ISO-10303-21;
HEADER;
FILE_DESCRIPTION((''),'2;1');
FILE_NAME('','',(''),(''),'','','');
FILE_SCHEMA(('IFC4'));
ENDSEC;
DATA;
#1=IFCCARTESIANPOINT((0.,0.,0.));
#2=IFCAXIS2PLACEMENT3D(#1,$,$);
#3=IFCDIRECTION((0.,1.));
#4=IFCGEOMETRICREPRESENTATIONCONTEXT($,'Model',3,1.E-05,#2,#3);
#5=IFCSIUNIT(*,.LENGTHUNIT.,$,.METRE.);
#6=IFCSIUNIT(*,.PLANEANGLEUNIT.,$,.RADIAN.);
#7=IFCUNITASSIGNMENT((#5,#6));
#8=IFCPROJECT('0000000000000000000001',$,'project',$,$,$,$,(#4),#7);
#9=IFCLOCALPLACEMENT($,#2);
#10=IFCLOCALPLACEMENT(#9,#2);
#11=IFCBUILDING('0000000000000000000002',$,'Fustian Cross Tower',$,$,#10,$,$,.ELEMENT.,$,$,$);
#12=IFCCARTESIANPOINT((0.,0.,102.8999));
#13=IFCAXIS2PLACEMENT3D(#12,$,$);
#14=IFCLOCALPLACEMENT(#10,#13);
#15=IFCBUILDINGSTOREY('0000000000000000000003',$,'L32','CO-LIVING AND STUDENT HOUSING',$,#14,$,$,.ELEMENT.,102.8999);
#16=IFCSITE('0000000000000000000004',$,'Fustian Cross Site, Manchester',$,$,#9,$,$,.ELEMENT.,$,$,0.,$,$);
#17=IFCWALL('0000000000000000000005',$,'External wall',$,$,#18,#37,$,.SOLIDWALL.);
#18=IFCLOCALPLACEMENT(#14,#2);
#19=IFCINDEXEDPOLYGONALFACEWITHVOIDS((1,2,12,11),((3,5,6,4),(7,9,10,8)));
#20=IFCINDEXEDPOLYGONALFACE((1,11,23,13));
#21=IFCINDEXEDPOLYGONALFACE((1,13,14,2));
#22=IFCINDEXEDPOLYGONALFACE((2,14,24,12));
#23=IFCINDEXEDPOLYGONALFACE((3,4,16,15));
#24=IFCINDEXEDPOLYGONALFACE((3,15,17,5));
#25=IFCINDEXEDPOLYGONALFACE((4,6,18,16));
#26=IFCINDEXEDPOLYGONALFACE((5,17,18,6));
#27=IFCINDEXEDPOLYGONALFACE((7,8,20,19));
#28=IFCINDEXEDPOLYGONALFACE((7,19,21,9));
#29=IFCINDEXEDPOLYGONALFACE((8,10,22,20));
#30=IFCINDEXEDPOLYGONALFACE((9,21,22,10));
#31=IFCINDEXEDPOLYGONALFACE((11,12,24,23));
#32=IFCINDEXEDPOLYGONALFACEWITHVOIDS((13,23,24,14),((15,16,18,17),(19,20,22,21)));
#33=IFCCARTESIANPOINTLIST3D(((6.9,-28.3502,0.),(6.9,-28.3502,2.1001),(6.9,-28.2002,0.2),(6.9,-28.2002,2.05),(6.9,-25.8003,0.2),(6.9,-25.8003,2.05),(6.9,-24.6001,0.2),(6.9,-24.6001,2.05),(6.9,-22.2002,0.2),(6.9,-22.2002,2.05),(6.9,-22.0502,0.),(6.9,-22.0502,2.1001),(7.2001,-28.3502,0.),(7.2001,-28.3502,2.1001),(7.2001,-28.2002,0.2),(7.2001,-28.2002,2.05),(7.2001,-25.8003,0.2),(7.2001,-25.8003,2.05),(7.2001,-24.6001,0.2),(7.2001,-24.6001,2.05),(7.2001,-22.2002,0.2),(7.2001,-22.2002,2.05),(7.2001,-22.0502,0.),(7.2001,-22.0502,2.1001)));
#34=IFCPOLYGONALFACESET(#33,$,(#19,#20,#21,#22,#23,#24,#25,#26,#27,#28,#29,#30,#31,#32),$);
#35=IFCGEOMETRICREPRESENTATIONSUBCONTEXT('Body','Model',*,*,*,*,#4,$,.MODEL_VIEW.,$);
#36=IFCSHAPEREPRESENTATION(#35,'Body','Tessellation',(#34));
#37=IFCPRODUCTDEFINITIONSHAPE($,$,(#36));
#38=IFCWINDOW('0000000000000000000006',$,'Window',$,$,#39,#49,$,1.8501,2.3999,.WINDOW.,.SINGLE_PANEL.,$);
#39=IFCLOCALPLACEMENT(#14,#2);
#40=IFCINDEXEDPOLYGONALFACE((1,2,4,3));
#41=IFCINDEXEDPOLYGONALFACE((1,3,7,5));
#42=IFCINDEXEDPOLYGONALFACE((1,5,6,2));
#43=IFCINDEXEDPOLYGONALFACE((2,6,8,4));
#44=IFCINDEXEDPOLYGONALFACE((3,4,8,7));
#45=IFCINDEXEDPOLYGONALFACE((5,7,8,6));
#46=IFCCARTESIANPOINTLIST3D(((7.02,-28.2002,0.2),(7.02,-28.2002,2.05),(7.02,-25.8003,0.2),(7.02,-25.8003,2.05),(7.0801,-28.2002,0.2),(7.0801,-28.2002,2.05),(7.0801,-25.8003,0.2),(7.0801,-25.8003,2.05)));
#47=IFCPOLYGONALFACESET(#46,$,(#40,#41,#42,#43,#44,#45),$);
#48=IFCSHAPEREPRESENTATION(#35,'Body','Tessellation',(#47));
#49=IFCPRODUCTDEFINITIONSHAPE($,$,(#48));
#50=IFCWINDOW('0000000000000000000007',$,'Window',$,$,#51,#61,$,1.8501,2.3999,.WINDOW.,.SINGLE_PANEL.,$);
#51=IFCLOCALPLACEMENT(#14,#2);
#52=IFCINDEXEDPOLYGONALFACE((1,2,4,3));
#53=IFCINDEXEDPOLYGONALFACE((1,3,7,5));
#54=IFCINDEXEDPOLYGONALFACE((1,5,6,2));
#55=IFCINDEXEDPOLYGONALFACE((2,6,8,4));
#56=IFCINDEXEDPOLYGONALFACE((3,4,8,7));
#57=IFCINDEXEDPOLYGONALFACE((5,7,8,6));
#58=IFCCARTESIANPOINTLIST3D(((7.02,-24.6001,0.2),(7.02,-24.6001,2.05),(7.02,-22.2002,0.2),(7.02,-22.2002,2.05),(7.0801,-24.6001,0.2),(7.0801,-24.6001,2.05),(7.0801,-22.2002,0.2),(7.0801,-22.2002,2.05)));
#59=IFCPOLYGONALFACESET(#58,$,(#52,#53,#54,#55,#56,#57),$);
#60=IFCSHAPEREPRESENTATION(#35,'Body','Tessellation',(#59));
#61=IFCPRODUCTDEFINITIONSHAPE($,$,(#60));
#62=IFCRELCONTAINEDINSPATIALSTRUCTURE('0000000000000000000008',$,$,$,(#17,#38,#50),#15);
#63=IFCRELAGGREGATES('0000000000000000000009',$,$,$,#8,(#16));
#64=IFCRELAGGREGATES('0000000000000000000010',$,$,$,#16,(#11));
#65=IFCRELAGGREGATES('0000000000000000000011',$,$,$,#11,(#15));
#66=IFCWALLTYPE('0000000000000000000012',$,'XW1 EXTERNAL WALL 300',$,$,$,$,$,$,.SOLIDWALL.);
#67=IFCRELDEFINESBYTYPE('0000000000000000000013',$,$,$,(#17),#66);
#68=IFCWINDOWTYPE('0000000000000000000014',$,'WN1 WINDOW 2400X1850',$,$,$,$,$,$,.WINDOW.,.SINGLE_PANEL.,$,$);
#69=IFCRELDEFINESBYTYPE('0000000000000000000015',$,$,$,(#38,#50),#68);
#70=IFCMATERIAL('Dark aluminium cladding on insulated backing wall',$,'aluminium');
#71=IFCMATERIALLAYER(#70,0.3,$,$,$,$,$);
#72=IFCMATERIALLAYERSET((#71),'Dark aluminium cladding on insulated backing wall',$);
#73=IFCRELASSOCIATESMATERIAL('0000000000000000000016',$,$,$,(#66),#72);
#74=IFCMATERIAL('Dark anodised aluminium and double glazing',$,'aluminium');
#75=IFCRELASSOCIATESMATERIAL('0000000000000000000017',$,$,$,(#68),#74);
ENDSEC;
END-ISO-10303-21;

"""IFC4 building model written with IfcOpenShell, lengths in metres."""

from ifc_helpers import new_model, si_unit, direction, frame, frame_2d, origin, place, context, subcontext, project, spatial, rectangle, extrude, material, layer, layer_set, type_object, element, fill, save


model = new_model("IFC4")

# Units and contexts
model_context = context("Model", 3, precision=1e-05, world=origin(), true_north=direction((0.0, 1.0)))
body_context = subcontext(model_context, "Body", "Model", "MODEL_VIEW")
ifc_project = project(units=[si_unit("LENGTHUNIT", "METRE"), si_unit("PLANEANGLEUNIT", "RADIAN")], contexts=[model_context])

# Site, building, storey
site_placement = place(None, origin())
site = spatial("IfcSite", under=ifc_project, at=site_placement, Name="Fustian Cross Site, Manchester", CompositionType="ELEMENT", RefElevation=0.0)
building_placement = place(site_placement, origin())
building = spatial("IfcBuilding", under=site, at=building_placement, Name="Fustian Cross Tower", CompositionType="ELEMENT")
storey_placement = place(building_placement, frame((0.0, 0.0, 102.8999)))
storey = spatial("IfcBuildingStorey", under=building, at=storey_placement, Name="L32", Description="CO-LIVING AND STUDENT HOUSING", CompositionType="ELEMENT", Elevation=102.8999)

# Shared definitions
ifc_material_1 = material(Name="Dark aluminium cladding on insulated backing wall", Category="aluminium")
ifc_layer_1 = layer(ifc_material_1, 0.3)
ifc_layer_set_1 = layer_set([ifc_layer_1], Name="Dark aluminium cladding on insulated backing wall")
wall_type_1 = type_object("IfcWallType", Name="XW1 EXTERNAL WALL 300", PredefinedType="SOLIDWALL", material=ifc_layer_set_1)
ifc_material_2 = material(Name="Dark anodised aluminium and double glazing", Category="aluminium")
window_type = type_object("IfcWindowType", Name="WN1 WINDOW 2400X1850", PartitioningType="SINGLE_PANEL", PredefinedType="WINDOW", material=ifc_material_2)

# Wall, openings, windows
wall_1_placement = place(storey_placement, frame((7.05, -28.3501, 0.0), z_axis=(0.0, 0.0, 1.0), x_axis=(0.0, 1.0, 0.0)))
wall_1 = element("IfcWall", 1, at=wall_1_placement, inside=storey, type_object=wall_type_1, Name="External wall", PredefinedType="SOLIDWALL", context=body_context, shape_type="SweptSolid", body=[
    extrude(rectangle(XDim=6.3, YDim=0.3, at=frame_2d((3.1499, 0.0))), origin(), (0.0, 0.0, 1.0), 2.1001),
])
opening_1_placement = place(wall_1_placement, frame((0.1499, 0.0, 0.2)))
opening_1 = element("IfcOpeningElement", 2, at=opening_1_placement, cuts=wall_1, PredefinedType="OPENING", context=body_context, shape_type="SweptSolid", body=[
    extrude(rectangle(XDim=2.3999, YDim=1.8501, at=frame_2d((1.2, 0.925))), frame((0.0, 0.1599, 0.0), z_axis=(0.0, -1.0, 0.0), x_axis=(1.0, 0.0, 0.0)), (0.0, 0.0, 1.0), 0.3201),
])
opening_2_placement = place(wall_1_placement, frame((3.75, 0.0, 0.2)))
opening_2 = element("IfcOpeningElement", 3, at=opening_2_placement, cuts=wall_1, PredefinedType="OPENING", context=body_context, shape_type="SweptSolid", body=[
    extrude(rectangle(XDim=2.3999, YDim=1.8501, at=frame_2d((1.2, 0.925))), frame((0.0, 0.1599, 0.0), z_axis=(0.0, -1.0, 0.0), x_axis=(1.0, 0.0, 0.0)), (0.0, 0.0, 1.0), 0.3201),
])
window_1_placement = place(opening_1_placement, origin())
window_1 = element("IfcWindow", 4, at=window_1_placement, inside=storey, type_object=window_type, Name="Window", OverallHeight=1.8501, OverallWidth=2.3999, PartitioningType="SINGLE_PANEL", PredefinedType="WINDOW", context=body_context, shape_type="SweptSolid", body=[
    extrude(rectangle(XDim=2.3999, YDim=1.8501, at=frame_2d((1.2, 0.925))), frame((0.0, 0.03, 0.0), z_axis=(0.0, -1.0, 0.0), x_axis=(1.0, 0.0, 0.0)), (0.0, 0.0, 1.0), 0.0601),
])
fill(opening_1, window_1)
window_2_placement = place(opening_2_placement, origin())
window_2 = element("IfcWindow", 5, at=window_2_placement, inside=storey, type_object=window_type, Name="Window", OverallHeight=1.8501, OverallWidth=2.3999, PartitioningType="SINGLE_PANEL", PredefinedType="WINDOW", context=body_context, shape_type="SweptSolid", body=[
    extrude(rectangle(XDim=2.3999, YDim=1.8501, at=frame_2d((1.2, 0.925))), frame((0.0, 0.03, 0.0), z_axis=(0.0, -1.0, 0.0), x_axis=(1.0, 0.0, 0.0)), (0.0, 0.0, 1.0), 0.0601),
])
fill(opening_2, window_2)

save(model, "model.ifc")
